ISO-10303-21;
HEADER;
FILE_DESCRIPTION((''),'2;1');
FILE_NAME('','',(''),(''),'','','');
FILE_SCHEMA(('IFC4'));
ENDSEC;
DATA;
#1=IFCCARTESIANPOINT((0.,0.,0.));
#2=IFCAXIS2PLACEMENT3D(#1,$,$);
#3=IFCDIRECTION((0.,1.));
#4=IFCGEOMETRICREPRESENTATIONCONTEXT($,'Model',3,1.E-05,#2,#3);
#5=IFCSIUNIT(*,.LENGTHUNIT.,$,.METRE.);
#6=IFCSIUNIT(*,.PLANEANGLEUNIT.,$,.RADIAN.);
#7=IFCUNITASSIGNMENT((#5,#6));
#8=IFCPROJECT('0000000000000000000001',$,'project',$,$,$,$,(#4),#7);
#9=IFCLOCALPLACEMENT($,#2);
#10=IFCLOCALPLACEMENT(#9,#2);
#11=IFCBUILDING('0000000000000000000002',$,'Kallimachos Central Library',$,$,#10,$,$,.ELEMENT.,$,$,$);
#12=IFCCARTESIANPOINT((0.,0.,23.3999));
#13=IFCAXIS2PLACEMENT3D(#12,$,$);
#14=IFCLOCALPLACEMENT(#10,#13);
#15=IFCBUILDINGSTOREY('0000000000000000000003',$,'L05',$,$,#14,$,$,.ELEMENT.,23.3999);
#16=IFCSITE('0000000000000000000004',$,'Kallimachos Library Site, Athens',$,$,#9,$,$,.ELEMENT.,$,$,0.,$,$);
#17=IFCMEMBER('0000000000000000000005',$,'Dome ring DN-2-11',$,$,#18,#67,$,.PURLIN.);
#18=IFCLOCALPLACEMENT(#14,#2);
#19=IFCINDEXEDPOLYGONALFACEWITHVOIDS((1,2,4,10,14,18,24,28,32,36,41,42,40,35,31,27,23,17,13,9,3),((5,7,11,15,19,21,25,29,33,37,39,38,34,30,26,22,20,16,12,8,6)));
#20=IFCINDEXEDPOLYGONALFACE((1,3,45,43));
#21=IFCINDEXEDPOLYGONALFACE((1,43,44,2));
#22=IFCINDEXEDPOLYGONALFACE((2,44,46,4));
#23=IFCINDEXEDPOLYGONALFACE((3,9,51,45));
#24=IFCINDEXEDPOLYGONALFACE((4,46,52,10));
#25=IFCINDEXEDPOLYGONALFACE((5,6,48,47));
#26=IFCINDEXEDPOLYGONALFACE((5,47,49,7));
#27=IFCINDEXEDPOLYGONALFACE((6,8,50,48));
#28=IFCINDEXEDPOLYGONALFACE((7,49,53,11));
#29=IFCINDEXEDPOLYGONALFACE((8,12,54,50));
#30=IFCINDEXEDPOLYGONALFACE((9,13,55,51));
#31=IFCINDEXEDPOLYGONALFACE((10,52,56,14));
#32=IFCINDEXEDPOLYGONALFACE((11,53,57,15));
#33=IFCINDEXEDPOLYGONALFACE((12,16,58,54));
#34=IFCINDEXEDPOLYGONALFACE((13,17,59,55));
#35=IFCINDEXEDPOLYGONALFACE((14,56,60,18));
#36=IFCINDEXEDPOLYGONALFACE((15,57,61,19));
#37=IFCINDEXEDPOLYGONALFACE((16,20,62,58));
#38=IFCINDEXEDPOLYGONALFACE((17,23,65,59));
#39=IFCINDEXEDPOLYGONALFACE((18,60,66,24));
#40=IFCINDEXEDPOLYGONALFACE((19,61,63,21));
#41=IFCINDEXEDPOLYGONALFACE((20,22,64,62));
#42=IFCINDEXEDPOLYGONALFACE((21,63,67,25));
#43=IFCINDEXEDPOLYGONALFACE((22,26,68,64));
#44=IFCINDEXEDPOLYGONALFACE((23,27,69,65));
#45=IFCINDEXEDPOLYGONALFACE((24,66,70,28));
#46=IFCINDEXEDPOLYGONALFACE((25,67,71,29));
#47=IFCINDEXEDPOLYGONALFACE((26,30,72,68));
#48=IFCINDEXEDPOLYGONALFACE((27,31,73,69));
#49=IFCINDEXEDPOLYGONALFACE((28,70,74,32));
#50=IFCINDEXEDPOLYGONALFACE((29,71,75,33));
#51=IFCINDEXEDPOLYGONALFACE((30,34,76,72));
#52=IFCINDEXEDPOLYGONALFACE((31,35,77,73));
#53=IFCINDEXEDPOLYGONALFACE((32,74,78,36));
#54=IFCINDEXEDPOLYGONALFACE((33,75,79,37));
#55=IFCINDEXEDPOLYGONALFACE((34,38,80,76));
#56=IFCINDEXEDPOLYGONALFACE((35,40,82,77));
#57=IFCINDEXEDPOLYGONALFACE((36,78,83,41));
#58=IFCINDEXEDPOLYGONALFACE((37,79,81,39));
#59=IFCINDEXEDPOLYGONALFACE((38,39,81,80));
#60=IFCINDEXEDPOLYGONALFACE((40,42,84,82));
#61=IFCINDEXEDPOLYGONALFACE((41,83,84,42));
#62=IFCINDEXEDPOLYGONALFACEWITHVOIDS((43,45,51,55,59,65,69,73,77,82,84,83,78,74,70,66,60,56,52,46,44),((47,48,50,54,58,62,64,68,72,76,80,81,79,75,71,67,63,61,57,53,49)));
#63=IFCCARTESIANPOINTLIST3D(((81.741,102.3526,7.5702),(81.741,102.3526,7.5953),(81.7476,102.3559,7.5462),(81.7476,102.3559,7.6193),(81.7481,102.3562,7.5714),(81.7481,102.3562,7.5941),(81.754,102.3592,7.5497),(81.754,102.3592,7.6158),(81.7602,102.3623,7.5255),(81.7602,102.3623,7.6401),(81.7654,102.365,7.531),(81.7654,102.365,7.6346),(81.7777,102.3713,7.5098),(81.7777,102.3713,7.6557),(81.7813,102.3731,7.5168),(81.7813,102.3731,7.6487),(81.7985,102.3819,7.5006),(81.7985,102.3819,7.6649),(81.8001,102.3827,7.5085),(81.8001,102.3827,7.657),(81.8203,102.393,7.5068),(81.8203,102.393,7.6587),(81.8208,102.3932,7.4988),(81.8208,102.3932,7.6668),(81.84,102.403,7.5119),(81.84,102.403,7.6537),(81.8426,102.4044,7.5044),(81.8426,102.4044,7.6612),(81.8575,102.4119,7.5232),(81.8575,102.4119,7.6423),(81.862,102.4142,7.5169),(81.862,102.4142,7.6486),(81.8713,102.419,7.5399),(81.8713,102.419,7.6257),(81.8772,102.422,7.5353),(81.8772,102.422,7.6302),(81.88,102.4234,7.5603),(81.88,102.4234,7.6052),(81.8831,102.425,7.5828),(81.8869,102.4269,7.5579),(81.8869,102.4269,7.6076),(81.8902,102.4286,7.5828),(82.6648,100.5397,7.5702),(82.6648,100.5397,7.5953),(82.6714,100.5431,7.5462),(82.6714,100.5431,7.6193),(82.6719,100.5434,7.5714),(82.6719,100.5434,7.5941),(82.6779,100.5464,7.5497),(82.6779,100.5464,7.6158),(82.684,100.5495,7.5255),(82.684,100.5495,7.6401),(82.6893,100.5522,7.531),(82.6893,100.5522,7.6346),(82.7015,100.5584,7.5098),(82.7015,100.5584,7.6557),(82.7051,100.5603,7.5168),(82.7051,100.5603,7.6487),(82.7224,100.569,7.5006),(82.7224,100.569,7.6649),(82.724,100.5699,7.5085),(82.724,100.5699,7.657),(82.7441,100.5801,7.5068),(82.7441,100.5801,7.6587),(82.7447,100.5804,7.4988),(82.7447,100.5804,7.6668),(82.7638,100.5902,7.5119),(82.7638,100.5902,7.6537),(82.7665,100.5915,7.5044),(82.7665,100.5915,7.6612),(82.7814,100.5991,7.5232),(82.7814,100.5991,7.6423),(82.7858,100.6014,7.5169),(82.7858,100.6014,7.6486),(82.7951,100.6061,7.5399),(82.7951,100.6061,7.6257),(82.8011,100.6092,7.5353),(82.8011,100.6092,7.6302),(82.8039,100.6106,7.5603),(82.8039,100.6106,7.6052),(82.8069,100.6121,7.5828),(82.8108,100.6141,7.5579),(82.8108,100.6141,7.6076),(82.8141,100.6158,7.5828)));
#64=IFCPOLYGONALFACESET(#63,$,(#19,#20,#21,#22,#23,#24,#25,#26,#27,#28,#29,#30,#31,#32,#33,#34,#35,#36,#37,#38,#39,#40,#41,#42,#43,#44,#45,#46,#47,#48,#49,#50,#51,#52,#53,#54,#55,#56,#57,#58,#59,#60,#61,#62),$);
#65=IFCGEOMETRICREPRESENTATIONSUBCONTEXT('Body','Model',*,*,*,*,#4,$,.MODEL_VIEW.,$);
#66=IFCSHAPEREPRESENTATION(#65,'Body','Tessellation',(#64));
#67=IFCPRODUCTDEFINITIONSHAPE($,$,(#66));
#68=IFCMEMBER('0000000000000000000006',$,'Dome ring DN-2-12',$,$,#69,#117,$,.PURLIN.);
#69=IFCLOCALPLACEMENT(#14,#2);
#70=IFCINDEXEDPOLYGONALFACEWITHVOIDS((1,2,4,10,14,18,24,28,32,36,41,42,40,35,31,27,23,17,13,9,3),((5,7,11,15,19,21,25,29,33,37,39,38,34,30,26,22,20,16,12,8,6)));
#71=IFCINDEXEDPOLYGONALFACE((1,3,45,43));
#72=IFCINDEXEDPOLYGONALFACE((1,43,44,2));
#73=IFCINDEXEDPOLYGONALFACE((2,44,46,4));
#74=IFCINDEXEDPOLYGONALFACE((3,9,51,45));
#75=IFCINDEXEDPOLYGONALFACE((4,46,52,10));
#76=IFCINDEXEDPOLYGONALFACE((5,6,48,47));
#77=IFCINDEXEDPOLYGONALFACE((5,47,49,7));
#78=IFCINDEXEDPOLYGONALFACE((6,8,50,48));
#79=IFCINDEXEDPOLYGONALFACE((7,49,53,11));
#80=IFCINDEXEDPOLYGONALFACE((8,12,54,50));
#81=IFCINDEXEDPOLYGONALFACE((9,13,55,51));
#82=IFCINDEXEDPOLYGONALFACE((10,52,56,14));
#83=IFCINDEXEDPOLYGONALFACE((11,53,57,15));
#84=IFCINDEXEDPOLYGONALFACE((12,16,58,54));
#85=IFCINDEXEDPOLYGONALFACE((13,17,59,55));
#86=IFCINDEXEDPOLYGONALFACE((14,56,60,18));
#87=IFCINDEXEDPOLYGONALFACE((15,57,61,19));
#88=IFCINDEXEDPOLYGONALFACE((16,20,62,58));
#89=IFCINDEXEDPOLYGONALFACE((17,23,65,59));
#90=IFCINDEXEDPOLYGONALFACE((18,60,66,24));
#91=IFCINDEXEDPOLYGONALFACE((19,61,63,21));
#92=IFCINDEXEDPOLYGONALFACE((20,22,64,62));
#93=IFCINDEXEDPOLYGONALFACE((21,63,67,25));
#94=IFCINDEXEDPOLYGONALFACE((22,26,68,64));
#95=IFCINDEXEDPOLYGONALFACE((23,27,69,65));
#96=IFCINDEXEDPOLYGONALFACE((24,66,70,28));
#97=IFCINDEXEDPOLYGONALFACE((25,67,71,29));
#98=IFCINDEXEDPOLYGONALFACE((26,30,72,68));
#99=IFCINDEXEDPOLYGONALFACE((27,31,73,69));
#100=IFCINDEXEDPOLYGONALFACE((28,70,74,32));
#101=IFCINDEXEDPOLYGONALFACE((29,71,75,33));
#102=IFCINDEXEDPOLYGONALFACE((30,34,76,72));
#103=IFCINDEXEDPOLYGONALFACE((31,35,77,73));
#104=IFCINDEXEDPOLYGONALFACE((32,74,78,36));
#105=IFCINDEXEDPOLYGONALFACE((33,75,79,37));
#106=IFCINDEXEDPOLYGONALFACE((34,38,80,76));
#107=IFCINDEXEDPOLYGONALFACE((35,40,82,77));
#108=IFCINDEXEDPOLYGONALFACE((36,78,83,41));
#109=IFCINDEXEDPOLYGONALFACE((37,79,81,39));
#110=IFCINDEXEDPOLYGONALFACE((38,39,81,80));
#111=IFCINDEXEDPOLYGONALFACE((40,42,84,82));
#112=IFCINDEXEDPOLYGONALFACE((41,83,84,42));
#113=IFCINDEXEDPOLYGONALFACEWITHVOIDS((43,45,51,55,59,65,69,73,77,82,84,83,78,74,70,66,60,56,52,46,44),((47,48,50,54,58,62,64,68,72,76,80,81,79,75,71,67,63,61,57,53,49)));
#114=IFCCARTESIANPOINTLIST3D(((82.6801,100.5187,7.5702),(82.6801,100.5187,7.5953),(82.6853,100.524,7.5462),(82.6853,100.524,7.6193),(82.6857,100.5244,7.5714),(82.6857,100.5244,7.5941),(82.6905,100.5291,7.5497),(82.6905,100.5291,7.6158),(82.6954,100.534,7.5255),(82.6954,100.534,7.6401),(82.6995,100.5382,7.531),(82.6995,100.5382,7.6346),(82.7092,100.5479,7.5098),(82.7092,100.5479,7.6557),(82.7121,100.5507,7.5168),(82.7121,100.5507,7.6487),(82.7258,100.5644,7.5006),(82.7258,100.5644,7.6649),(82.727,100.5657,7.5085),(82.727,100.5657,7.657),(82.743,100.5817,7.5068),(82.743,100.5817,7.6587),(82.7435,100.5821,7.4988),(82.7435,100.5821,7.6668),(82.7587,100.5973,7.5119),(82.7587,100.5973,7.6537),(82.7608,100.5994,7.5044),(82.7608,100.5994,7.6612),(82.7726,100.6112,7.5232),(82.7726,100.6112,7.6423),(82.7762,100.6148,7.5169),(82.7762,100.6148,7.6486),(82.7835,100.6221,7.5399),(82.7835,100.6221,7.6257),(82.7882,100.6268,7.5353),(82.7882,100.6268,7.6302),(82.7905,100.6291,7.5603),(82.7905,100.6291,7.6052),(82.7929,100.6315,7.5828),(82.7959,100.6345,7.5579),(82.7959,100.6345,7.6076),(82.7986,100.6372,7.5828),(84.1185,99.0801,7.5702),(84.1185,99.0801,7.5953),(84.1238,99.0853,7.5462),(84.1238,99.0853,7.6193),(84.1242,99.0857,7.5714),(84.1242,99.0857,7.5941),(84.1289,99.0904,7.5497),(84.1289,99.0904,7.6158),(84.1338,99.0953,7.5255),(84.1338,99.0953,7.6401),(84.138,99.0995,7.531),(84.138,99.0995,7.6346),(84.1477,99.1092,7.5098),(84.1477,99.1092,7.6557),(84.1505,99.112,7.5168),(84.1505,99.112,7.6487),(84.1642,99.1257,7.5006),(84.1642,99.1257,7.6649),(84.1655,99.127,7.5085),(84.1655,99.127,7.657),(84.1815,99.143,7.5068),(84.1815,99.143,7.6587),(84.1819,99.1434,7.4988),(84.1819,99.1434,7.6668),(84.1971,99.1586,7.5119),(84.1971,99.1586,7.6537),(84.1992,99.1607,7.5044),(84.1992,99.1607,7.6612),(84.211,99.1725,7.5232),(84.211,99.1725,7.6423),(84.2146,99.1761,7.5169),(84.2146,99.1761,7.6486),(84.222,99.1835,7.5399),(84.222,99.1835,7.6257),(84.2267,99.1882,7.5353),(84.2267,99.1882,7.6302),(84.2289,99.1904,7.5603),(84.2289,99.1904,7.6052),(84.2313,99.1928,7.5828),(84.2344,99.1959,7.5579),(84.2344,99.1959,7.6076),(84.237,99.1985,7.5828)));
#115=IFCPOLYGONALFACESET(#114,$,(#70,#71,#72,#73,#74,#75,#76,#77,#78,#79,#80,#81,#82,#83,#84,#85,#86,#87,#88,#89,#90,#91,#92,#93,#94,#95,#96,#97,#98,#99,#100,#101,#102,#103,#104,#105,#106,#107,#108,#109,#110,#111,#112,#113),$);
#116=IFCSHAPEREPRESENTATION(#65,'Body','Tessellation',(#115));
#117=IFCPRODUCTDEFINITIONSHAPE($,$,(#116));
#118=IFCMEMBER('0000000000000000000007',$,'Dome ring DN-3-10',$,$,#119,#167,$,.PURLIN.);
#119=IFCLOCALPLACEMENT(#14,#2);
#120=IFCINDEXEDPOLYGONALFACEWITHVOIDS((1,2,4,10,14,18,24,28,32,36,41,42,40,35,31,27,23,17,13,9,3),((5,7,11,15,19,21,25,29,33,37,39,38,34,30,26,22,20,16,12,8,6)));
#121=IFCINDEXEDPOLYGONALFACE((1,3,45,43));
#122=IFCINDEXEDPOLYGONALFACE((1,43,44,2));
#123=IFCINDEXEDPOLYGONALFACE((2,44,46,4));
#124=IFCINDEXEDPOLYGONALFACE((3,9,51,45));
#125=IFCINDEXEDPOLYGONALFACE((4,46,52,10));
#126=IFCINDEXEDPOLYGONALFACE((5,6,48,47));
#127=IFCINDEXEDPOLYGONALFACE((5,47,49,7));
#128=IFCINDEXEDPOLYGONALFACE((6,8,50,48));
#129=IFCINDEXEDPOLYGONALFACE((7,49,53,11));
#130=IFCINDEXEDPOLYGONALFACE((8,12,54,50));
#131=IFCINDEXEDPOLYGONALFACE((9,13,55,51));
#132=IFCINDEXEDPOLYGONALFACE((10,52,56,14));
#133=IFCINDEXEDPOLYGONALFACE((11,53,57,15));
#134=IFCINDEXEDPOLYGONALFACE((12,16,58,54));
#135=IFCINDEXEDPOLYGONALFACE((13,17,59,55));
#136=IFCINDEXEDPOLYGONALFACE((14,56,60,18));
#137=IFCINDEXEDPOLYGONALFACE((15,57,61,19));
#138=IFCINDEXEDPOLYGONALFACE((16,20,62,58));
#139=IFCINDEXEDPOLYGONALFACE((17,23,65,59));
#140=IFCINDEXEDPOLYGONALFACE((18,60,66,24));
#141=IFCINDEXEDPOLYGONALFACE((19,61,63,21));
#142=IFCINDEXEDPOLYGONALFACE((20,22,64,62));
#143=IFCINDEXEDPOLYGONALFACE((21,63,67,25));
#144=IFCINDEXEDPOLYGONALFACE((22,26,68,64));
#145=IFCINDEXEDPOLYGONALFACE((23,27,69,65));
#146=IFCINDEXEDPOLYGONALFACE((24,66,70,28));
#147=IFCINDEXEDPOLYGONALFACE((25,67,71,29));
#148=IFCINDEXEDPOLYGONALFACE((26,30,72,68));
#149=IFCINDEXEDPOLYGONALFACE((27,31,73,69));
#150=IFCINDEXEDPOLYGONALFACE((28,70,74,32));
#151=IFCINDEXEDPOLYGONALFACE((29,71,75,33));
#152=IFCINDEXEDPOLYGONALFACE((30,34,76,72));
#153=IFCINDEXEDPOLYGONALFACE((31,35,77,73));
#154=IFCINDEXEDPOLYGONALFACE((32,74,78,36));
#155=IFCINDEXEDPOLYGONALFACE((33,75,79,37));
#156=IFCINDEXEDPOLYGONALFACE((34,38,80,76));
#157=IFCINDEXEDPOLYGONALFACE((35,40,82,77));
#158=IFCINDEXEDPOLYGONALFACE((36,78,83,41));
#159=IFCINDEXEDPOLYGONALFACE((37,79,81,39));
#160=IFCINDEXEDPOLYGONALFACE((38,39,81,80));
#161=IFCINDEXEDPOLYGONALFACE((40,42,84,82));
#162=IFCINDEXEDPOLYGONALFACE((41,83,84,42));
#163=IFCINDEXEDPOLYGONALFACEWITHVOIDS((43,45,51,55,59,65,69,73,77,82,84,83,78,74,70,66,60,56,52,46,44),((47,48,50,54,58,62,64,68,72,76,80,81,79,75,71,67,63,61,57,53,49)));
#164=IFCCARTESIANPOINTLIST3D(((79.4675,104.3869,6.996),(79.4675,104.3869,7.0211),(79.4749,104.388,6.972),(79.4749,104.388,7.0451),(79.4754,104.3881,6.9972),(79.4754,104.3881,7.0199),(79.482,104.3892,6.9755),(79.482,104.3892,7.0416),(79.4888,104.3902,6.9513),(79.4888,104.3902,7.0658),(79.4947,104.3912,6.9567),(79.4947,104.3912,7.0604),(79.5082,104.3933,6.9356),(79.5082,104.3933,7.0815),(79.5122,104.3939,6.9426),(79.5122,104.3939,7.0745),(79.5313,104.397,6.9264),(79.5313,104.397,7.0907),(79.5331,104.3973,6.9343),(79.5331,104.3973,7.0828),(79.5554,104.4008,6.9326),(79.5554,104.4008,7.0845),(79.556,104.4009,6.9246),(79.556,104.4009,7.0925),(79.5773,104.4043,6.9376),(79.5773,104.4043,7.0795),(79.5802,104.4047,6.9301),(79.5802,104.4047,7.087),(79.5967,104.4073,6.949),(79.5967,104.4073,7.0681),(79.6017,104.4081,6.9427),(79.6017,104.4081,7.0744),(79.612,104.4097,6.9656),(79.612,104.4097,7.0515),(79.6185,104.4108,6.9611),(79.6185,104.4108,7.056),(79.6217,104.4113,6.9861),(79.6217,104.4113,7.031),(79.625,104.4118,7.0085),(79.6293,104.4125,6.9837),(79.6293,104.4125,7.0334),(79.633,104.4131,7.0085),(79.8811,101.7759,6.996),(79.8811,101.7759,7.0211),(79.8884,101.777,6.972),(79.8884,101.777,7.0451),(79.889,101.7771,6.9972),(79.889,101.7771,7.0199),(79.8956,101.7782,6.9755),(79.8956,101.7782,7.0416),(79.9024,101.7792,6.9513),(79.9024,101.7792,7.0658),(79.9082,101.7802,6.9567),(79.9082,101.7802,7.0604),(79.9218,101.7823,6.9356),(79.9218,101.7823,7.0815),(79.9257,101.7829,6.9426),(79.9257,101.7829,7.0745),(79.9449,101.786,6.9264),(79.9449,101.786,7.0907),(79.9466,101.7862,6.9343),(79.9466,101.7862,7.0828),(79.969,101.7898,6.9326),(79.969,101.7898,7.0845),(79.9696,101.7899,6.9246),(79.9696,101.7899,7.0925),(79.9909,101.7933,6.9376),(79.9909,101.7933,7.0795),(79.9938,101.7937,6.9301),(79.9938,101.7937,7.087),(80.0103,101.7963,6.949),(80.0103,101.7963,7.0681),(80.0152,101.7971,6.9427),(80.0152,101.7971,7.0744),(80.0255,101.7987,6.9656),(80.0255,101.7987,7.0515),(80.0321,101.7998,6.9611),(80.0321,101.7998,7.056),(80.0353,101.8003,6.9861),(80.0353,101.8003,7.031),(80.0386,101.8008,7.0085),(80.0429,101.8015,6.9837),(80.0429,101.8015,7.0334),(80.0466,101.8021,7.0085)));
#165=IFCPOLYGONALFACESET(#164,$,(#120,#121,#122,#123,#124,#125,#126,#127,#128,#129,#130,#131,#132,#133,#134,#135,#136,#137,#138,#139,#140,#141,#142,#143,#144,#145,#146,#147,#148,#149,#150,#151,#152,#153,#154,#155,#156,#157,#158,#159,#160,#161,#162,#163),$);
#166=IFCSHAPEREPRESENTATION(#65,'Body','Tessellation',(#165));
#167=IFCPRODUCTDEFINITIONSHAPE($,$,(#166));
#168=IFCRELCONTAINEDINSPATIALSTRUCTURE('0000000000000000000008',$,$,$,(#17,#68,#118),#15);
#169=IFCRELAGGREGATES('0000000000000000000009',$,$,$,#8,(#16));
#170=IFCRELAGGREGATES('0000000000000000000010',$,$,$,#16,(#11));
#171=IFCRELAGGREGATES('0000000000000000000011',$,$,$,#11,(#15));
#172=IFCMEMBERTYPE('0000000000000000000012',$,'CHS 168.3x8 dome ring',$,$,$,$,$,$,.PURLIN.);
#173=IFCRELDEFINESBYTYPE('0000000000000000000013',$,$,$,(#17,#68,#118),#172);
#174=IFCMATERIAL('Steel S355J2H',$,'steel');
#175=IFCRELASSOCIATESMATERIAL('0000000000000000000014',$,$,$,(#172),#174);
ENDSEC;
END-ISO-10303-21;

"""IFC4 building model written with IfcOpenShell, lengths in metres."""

from ifc_helpers import new_model, si_unit, direction, frame, origin, origin_2d, place, context, subcontext, project, spatial, hollow_circle, extrude, material, material_profile, profile_set, type_object, element, save


model = new_model("IFC4")

# Units and contexts
model_context = context("Model", 3, precision=1e-05, world=origin(), true_north=direction((0.0, 1.0)))
body_context = subcontext(model_context, "Body", "Model", "MODEL_VIEW")
ifc_project = project(units=[si_unit("LENGTHUNIT", "METRE"), si_unit("PLANEANGLEUNIT", "RADIAN")], contexts=[model_context])

# Site, building, storey
site_placement = place(None, origin())
site = spatial("IfcSite", under=ifc_project, at=site_placement, Name="Kallimachos Library Site, Athens", CompositionType="ELEMENT", RefElevation=0.0)
building_placement = place(site_placement, origin())
building = spatial("IfcBuilding", under=site, at=building_placement, Name="Kallimachos Central Library", CompositionType="ELEMENT")
storey_placement = place(building_placement, frame((0.0, 0.0, 23.3999)))
storey = spatial("IfcBuildingStorey", under=building, at=storey_placement, Name="L05", CompositionType="ELEMENT", Elevation=23.3999)

# Members
ifc_material_1 = material(Name="Steel S355J2H", Category="steel")
ifc_material_profile_1 = material_profile(ifc_material_1, hollow_circle(Radius=0.0842, WallThickness=0.0081, at=origin_2d()), Name="CHS 168.3x8")
ifc_profile_set_1 = profile_set([ifc_material_profile_1], Name="Steel S355J2H")
member_type_1 = type_object("IfcMemberType", Name="CHS 168.3x8 dome ring", PredefinedType="PURLIN", material=ifc_profile_set_1)
member_1_placement = place(storey_placement, frame((81.8152, 102.3904, 7.5828), z_axis=(0.454064, -0.890969, 0.0), x_axis=(0.890969, 0.454064, 0.0)))
element("IfcMember", 1, at=member_1_placement, inside=storey, type_object=member_type_1, Name="Dome ring DN-2-11", PredefinedType="PURLIN", context=body_context, shape_type="SweptSolid", body=[
    extrude(hollow_circle(Radius=0.0842, WallThickness=0.0081, at=origin_2d()), origin(), (0.0, 0.0, 1.0), 2.0347),
])
member_2_placement = place(storey_placement, frame((82.739, 100.5776, 7.5828), z_axis=(0.707047, -0.707167, 0.0), x_axis=(0.707167, 0.707047, 0.0)))
element("IfcMember", 2, at=member_2_placement, inside=storey, type_object=member_type_1, Name="Dome ring DN-2-12", PredefinedType="PURLIN", context=body_context, shape_type="SweptSolid", body=[
    extrude(hollow_circle(Radius=0.0842, WallThickness=0.0081, at=origin_2d()), origin(), (0.0, 0.0, 1.0), 2.0344),
])
member_3_placement = place(storey_placement, frame((79.5498, 104.3999, 7.0085), z_axis=(0.156442, -0.987687, 0.0), x_axis=(0.987687, 0.156442, 0.0)))
element("IfcMember", 3, at=member_3_placement, inside=storey, type_object=member_type_1, Name="Dome ring DN-3-10", PredefinedType="PURLIN", context=body_context, shape_type="SweptSolid", body=[
    extrude(hollow_circle(Radius=0.0842, WallThickness=0.0081, at=origin_2d()), origin(), (0.0, 0.0, 1.0), 2.6436),
])

save(model, "model.ifc")
